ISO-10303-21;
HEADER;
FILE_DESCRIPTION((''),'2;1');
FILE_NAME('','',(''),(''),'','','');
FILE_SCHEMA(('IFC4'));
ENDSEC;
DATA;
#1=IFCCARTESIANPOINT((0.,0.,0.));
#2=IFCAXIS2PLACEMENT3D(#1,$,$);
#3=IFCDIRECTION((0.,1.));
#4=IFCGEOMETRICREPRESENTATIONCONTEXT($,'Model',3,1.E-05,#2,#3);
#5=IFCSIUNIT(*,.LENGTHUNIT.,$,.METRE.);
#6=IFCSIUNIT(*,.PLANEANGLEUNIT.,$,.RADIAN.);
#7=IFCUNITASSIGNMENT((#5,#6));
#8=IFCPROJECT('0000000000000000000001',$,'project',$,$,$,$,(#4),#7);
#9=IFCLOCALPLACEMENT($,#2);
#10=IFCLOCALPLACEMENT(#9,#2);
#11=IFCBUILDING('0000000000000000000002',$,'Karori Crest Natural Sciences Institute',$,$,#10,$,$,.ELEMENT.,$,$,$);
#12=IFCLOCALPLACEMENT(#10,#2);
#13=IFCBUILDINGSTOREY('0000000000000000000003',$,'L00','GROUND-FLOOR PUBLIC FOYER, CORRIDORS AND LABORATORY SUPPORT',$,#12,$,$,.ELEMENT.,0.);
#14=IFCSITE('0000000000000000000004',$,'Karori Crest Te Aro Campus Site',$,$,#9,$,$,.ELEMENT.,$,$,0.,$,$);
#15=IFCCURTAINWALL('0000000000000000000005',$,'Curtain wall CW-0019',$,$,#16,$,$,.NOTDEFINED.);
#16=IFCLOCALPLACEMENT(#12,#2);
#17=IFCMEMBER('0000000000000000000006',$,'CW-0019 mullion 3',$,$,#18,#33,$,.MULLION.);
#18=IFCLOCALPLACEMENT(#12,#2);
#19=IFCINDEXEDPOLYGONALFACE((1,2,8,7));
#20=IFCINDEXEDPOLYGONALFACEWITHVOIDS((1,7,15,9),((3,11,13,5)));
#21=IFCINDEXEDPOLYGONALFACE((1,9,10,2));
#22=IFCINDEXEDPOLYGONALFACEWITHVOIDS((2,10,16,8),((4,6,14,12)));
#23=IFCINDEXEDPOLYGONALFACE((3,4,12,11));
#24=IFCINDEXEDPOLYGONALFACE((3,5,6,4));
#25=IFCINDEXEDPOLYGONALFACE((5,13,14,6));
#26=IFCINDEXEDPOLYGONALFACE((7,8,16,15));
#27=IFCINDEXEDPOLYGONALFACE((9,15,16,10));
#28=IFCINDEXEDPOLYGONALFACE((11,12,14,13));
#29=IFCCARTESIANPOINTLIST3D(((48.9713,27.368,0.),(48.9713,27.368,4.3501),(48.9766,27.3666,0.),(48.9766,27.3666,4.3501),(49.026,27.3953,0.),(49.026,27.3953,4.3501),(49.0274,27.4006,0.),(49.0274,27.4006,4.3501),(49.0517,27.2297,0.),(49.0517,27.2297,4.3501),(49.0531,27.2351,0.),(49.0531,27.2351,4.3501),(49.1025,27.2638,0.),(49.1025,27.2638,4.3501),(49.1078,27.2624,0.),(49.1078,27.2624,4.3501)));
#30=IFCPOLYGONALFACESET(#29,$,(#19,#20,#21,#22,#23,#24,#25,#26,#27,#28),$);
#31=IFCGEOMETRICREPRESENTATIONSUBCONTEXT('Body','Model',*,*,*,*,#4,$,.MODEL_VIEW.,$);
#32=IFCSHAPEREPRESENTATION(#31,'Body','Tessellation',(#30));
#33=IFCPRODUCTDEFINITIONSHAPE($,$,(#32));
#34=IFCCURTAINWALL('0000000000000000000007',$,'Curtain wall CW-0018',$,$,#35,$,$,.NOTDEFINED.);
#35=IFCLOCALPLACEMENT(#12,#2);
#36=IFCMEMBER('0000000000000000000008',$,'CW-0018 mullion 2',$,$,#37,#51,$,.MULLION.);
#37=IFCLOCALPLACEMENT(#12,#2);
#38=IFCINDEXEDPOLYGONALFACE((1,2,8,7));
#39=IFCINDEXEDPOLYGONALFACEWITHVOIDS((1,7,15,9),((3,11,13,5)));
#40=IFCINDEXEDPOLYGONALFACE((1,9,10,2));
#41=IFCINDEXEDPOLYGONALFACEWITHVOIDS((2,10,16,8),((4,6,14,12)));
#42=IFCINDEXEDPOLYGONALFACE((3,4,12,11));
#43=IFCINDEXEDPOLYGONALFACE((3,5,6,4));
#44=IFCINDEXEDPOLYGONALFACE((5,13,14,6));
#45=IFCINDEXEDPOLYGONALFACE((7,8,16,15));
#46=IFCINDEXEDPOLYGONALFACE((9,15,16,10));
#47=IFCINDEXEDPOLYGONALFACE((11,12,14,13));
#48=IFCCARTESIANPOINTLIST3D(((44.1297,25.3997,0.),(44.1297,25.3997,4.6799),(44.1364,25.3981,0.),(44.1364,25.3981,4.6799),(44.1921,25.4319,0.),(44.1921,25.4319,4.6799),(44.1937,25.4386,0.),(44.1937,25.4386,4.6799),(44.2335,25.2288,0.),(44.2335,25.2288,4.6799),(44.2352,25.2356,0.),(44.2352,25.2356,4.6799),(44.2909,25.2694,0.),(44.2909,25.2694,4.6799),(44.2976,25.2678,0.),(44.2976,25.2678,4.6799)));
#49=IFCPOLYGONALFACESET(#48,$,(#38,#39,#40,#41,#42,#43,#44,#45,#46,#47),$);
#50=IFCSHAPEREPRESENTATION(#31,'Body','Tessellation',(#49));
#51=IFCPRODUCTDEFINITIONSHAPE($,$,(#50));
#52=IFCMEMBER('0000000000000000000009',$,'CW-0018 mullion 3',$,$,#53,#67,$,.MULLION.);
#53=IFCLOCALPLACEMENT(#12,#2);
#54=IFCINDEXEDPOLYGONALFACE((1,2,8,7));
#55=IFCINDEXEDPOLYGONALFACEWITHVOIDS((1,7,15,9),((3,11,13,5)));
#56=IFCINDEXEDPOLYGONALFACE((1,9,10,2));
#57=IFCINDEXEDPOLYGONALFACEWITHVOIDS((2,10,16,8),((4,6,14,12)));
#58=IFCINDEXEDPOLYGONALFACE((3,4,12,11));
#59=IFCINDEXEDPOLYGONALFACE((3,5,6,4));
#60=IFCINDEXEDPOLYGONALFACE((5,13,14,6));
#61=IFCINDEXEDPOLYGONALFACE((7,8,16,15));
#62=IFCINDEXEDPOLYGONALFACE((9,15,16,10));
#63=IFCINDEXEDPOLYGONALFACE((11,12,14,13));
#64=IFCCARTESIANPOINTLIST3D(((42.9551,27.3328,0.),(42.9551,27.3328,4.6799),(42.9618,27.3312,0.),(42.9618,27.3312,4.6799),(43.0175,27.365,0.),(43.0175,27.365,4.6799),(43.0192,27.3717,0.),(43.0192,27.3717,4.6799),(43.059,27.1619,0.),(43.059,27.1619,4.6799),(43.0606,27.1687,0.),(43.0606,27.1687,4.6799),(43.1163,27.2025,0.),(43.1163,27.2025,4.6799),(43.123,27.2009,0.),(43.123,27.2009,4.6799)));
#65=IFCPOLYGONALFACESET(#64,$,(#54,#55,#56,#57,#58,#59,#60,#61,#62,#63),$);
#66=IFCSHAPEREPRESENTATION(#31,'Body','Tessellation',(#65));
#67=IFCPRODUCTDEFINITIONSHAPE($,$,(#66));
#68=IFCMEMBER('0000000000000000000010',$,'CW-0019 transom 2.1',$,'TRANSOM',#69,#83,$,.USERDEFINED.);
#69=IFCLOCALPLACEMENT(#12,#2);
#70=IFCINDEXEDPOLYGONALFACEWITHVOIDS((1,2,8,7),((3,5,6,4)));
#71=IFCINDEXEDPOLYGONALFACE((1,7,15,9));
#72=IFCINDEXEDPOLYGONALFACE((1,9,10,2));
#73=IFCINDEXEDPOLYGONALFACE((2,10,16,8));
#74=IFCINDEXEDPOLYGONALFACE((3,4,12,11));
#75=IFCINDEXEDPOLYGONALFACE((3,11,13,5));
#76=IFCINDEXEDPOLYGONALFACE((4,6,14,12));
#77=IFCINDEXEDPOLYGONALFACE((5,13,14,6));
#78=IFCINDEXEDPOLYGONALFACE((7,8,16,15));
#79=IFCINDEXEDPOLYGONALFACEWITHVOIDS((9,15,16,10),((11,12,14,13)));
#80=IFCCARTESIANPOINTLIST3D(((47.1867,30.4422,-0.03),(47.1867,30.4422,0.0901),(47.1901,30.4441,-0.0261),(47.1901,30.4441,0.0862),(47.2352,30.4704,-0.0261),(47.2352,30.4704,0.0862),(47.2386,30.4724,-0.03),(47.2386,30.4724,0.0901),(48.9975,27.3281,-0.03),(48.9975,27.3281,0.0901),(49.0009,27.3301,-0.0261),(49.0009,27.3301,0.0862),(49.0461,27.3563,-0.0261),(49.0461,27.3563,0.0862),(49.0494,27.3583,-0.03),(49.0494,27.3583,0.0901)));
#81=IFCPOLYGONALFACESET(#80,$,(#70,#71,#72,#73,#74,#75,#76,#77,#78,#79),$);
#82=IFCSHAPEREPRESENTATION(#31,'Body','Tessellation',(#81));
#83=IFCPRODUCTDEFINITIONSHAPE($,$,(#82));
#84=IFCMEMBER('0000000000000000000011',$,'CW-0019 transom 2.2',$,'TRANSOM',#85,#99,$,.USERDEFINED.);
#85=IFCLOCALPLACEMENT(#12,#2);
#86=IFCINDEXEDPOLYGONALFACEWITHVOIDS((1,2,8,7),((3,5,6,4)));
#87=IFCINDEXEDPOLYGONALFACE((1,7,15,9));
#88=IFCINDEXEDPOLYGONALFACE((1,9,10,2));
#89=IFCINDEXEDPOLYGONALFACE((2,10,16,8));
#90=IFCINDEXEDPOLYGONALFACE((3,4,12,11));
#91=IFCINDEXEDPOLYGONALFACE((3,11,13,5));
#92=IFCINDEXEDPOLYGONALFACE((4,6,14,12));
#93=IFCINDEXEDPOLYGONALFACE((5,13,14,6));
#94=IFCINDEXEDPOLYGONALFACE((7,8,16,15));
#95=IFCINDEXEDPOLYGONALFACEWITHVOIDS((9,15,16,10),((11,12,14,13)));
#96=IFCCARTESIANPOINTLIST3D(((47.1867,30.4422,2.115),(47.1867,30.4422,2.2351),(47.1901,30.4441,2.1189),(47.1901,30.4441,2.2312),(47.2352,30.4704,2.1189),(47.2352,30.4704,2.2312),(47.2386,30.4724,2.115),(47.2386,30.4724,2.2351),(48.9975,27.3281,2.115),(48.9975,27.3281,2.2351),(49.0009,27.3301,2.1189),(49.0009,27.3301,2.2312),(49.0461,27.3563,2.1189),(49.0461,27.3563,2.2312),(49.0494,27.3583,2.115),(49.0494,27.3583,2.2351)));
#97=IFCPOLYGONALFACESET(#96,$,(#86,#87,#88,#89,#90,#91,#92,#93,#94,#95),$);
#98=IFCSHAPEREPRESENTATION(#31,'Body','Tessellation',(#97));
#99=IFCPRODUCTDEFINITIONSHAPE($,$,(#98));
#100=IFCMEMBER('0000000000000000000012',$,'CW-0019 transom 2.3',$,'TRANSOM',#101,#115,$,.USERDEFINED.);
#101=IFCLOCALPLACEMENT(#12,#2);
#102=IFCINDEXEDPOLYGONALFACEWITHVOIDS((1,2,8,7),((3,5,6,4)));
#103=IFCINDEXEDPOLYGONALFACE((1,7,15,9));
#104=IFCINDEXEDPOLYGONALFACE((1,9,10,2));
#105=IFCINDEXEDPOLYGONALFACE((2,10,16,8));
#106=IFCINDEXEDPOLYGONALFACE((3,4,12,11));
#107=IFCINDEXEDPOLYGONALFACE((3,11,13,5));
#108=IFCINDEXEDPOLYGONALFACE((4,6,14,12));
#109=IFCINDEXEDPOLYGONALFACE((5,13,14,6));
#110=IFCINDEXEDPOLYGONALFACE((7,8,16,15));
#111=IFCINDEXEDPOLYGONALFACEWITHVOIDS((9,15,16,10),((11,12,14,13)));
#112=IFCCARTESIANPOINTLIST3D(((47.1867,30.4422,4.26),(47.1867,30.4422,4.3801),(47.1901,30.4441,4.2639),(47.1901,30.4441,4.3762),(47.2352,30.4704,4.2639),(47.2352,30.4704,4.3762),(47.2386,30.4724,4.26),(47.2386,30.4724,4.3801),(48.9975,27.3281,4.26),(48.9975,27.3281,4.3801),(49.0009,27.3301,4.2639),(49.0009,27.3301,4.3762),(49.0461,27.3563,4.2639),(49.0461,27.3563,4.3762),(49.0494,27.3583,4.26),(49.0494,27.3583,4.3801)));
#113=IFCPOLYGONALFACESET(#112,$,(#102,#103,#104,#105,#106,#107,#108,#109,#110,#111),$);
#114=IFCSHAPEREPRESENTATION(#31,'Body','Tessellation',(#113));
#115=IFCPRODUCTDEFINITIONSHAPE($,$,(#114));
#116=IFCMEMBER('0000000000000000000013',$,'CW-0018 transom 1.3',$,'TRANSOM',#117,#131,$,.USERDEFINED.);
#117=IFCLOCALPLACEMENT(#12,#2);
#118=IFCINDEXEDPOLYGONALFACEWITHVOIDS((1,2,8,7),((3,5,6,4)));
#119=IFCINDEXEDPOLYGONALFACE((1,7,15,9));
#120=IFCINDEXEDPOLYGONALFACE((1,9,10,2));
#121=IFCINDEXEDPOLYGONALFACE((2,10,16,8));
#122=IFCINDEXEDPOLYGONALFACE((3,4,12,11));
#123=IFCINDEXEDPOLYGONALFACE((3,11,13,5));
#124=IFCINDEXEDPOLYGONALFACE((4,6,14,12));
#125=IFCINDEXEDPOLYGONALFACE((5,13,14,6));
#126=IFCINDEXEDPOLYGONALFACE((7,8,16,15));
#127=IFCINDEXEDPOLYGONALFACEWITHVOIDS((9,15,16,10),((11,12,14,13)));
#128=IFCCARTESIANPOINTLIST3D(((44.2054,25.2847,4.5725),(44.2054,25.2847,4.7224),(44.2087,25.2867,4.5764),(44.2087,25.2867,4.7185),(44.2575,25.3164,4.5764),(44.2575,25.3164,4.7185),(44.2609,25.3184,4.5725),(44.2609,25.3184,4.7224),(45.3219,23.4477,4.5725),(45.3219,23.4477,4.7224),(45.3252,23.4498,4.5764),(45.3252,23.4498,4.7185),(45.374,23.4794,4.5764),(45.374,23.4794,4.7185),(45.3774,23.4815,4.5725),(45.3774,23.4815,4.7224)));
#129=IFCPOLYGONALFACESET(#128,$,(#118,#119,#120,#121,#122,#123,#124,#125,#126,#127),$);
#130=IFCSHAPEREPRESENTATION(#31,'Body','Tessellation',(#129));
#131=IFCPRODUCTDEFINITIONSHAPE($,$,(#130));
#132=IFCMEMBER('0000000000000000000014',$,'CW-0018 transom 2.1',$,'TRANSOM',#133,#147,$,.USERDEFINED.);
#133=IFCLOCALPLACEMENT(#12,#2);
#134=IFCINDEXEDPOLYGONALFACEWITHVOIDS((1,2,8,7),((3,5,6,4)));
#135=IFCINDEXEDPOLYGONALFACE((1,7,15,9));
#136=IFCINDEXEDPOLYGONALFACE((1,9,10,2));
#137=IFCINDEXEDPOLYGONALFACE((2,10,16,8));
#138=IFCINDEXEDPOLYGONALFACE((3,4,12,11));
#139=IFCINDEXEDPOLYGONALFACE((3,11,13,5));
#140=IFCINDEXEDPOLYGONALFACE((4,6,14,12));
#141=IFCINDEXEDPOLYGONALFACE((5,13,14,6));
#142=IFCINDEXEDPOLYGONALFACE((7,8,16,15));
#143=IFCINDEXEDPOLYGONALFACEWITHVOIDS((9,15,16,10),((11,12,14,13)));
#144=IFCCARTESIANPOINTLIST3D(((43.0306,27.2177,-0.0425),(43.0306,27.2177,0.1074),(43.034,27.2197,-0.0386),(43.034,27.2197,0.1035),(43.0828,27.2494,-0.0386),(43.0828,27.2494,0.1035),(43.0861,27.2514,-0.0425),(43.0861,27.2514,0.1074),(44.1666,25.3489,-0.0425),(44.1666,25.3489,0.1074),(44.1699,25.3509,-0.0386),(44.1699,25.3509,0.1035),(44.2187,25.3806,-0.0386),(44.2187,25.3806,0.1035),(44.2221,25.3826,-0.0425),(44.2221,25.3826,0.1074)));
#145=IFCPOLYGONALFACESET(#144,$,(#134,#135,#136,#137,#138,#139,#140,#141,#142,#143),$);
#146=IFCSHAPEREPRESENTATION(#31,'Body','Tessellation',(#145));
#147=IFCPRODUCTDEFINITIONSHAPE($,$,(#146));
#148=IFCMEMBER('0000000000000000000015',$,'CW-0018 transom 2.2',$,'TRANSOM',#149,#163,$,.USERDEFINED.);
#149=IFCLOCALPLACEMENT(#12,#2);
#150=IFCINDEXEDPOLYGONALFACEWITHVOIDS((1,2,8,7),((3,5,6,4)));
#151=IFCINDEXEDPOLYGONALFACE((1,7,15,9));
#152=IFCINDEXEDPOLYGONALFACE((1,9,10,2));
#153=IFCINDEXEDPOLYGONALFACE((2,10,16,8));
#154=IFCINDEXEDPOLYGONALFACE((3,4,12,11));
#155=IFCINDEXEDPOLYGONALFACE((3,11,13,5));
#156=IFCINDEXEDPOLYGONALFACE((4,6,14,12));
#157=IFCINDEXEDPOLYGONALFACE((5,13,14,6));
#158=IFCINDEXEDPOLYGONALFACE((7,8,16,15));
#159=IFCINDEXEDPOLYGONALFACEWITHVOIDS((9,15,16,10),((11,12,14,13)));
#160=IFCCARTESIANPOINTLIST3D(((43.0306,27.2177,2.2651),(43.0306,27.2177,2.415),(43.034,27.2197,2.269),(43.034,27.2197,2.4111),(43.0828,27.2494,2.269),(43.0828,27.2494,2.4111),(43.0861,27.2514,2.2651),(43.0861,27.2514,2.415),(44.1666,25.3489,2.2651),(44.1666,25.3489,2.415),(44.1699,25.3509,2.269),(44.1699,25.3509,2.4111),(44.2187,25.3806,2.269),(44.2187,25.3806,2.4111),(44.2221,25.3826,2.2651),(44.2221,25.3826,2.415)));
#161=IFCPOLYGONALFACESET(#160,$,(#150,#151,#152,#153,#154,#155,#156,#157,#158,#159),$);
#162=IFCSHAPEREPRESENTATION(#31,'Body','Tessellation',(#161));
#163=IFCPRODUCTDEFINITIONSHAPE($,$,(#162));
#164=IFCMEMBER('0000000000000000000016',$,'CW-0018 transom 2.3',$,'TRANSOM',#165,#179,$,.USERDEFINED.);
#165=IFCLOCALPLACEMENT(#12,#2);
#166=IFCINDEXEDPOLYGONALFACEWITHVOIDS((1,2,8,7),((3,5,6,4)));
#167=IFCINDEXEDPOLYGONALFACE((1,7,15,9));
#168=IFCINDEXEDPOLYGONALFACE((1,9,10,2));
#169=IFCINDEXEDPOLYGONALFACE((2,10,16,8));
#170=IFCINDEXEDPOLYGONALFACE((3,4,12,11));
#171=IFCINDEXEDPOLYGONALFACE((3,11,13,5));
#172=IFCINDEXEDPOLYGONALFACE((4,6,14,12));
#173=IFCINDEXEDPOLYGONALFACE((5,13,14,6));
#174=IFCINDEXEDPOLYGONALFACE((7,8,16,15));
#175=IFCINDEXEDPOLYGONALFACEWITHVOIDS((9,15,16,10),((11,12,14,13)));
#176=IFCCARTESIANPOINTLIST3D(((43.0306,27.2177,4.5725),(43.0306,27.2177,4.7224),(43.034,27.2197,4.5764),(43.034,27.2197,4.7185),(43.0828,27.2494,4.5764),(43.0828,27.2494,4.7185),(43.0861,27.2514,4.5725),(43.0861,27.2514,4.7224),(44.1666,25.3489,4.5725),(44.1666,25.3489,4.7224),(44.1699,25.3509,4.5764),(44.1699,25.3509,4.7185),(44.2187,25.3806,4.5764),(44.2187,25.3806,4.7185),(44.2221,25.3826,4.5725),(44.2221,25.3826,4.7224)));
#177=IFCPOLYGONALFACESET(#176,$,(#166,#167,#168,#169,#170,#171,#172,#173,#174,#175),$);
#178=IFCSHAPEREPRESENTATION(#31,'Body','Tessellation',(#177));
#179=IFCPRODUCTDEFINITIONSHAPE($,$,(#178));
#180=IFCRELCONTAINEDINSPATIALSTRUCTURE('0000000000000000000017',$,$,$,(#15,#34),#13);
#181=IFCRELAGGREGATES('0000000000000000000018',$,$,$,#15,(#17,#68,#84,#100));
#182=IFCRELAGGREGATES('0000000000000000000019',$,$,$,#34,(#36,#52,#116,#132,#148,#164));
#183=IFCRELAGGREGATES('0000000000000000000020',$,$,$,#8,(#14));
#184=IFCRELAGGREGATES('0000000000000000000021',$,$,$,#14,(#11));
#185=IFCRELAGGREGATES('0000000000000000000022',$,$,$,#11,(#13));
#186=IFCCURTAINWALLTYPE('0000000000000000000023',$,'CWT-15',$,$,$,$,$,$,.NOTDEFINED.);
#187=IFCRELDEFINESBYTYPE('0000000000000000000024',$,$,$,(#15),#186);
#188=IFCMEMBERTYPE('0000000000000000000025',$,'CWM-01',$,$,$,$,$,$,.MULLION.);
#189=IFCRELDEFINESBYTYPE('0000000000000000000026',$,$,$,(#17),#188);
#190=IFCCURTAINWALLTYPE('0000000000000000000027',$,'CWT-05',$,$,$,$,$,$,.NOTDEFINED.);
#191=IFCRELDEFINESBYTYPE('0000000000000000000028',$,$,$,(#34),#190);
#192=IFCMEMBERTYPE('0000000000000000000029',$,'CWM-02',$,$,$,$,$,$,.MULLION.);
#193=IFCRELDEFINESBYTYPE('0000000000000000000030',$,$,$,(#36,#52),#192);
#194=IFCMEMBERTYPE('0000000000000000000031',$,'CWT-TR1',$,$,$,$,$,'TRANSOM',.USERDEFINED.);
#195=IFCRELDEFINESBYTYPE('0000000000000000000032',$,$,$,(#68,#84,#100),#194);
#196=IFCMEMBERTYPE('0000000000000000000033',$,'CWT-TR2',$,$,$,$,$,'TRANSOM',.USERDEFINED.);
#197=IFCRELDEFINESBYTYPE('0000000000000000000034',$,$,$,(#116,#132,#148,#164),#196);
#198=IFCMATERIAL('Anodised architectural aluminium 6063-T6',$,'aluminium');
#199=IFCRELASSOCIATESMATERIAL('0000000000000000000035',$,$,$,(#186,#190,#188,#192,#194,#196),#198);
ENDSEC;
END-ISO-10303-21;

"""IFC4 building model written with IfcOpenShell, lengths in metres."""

from ifc_helpers import new_model, si_unit, direction, frame, origin, origin_2d, place, context, subcontext, project, spatial, hollow_rectangle, extrude, material, material_profile, profile_set, type_object, element, aggregate, save


model = new_model("IFC4")

# Units and contexts
model_context = context("Model", 3, precision=1e-05, world=origin(), true_north=direction((0.0, 1.0)))
body_context = subcontext(model_context, "Body", "Model", "MODEL_VIEW")
ifc_project = project(units=[si_unit("LENGTHUNIT", "METRE"), si_unit("PLANEANGLEUNIT", "RADIAN")], contexts=[model_context])

# Site, building, storey
site_placement = place(None, origin())
site = spatial("IfcSite", under=ifc_project, at=site_placement, Name="Karori Crest Te Aro Campus Site", CompositionType="ELEMENT", RefElevation=0.0)
building_placement = place(site_placement, origin())
building = spatial("IfcBuilding", under=site, at=building_placement, Name="Karori Crest Natural Sciences Institute", CompositionType="ELEMENT")
storey_placement = place(building_placement, origin())
storey = spatial("IfcBuildingStorey", under=building, at=storey_placement, Name="L00", Description="GROUND-FLOOR PUBLIC FOYER, CORRIDORS AND LABORATORY SUPPORT", CompositionType="ELEMENT", Elevation=0.0)

# Curtain walls, members
ifc_material_1 = material(Name="Anodised architectural aluminium 6063-T6", Category="aluminium")
curtain_wall_type_1 = type_object("IfcCurtainWallType", Name="CWT-15", PredefinedType="NOTDEFINED", material=ifc_material_1)
curtain_wall_1_placement = place(storey_placement, origin())
curtain_wall_1 = element("IfcCurtainWall", 1, at=curtain_wall_1_placement, inside=storey, type_object=curtain_wall_type_1, Name="Curtain wall CW-0019", PredefinedType="NOTDEFINED")
ifc_material_profile_1 = material_profile(ifc_material_1, hollow_rectangle(XDim=0.0649, YDim=0.1599, WallThickness=0.0039, at=origin_2d()), Name="CWM160x65x4")
ifc_profile_set_1 = profile_set([ifc_material_profile_1], Name="Anodised architectural aluminium 6063-T6")
member_type_1 = type_object("IfcMemberType", Name="CWM-01", PredefinedType="MULLION", material=ifc_profile_set_1)
member_1_placement = place(storey_placement, frame((49.0396, 27.3152, 0.0), z_axis=(0.0, 0.0, 1.0), x_axis=(0.864484, 0.50266, 0.0)))
member_1 = element("IfcMember", 2, at=member_1_placement, type_object=member_type_1, Name="CW-0019 mullion 3", PredefinedType="MULLION", context=body_context, shape_type="SweptSolid", body=[
    extrude(hollow_rectangle(XDim=0.0649, YDim=0.1599, WallThickness=0.0039, at=origin_2d()), origin(), (0.0, 0.0, 1.0), 4.3501),
])
curtain_wall_type_2 = type_object("IfcCurtainWallType", Name="CWT-05", PredefinedType="NOTDEFINED", material=ifc_material_1)
curtain_wall_2_placement = place(storey_placement, origin())
curtain_wall_2 = element("IfcCurtainWall", 3, at=curtain_wall_2_placement, inside=storey, type_object=curtain_wall_type_2, Name="Curtain wall CW-0018", PredefinedType="NOTDEFINED")
ifc_material_profile_2 = material_profile(ifc_material_1, hollow_rectangle(XDim=0.075, YDim=0.2, WallThickness=0.0049, at=origin_2d()), Name="CWM200x75x5")
ifc_profile_set_2 = profile_set([ifc_material_profile_2], Name="Anodised architectural aluminium 6063-T6")
member_type_2 = type_object("IfcMemberType", Name="CWM-02", PredefinedType="MULLION", material=ifc_profile_set_2)
member_2_placement = place(storey_placement, frame((44.2136, 25.3337, 0.0), z_axis=(0.0, 0.0, 1.0), x_axis=(-0.854567, -0.519341, 0.0)))
member_2 = element("IfcMember", 4, at=member_2_placement, type_object=member_type_2, Name="CW-0018 mullion 2", PredefinedType="MULLION", context=body_context, shape_type="SweptSolid", body=[
    extrude(hollow_rectangle(XDim=0.075, YDim=0.2, WallThickness=0.0049, at=origin_2d()), origin(), (0.0, 0.0, 1.0), 4.6799),
])
member_3_placement = place(storey_placement, frame((43.0391, 27.2668, 0.0), z_axis=(0.0, 0.0, 1.0), x_axis=(-0.854567, -0.519341, 0.0)))
member_3 = element("IfcMember", 5, at=member_3_placement, type_object=member_type_2, Name="CW-0018 mullion 3", PredefinedType="MULLION", context=body_context, shape_type="SweptSolid", body=[
    extrude(hollow_rectangle(XDim=0.075, YDim=0.2, WallThickness=0.0049, at=origin_2d()), origin(), (0.0, 0.0, 1.0), 4.6799),
])

# Members
ifc_material_profile_3 = material_profile(ifc_material_1, hollow_rectangle(XDim=0.0601, YDim=0.1201, WallThickness=0.0039, at=origin_2d()), Name="CWT120x60x4")
ifc_profile_set_3 = profile_set([ifc_material_profile_3], Name="Anodised architectural aluminium 6063-T6")
member_type_3 = type_object("IfcMemberType", Name="CWT-TR1", ElementType="TRANSOM", PredefinedType="USERDEFINED", material=ifc_profile_set_3)
member_4_placement = place(storey_placement, frame((47.2126, 30.4573, 0.03), z_axis=(0.502686, -0.864469, 0.0), x_axis=(0.864469, 0.502686, 0.0)))
member_4 = element("IfcMember", 6, at=member_4_placement, type_object=member_type_3, Name="CW-0019 transom 2.1", ObjectType="TRANSOM", PredefinedType="USERDEFINED", context=body_context, shape_type="SweptSolid", body=[
    extrude(hollow_rectangle(XDim=0.0601, YDim=0.1201, WallThickness=0.0039, at=origin_2d()), origin(), (0.0, 0.0, 1.0), 3.6023),
])
member_5_placement = place(storey_placement, frame((47.2126, 30.4573, 2.175), z_axis=(0.502686, -0.864469, 0.0), x_axis=(0.864469, 0.502686, 0.0)))
member_5 = element("IfcMember", 7, at=member_5_placement, type_object=member_type_3, Name="CW-0019 transom 2.2", ObjectType="TRANSOM", PredefinedType="USERDEFINED", context=body_context, shape_type="SweptSolid", body=[
    extrude(hollow_rectangle(XDim=0.0601, YDim=0.1201, WallThickness=0.0039, at=origin_2d()), origin(), (0.0, 0.0, 1.0), 3.6023),
])
member_6_placement = place(storey_placement, frame((47.2126, 30.4573, 4.3201), z_axis=(0.502686, -0.864469, 0.0), x_axis=(0.864469, 0.502686, 0.0)))
member_6 = element("IfcMember", 8, at=member_6_placement, type_object=member_type_3, Name="CW-0019 transom 2.3", ObjectType="TRANSOM", PredefinedType="USERDEFINED", context=body_context, shape_type="SweptSolid", body=[
    extrude(hollow_rectangle(XDim=0.0601, YDim=0.1201, WallThickness=0.0039, at=origin_2d()), origin(), (0.0, 0.0, 1.0), 3.6023),
])
ifc_material_profile_4 = material_profile(ifc_material_1, hollow_rectangle(XDim=0.0649, YDim=0.1499, WallThickness=0.0039, at=origin_2d()), Name="CWT150x65x4")
ifc_profile_set_4 = profile_set([ifc_material_profile_4], Name="Anodised architectural aluminium 6063-T6")
member_type_4 = type_object("IfcMemberType", Name="CWT-TR2", ElementType="TRANSOM", PredefinedType="USERDEFINED", material=ifc_profile_set_4)
member_7_placement = place(storey_placement, frame((45.3496, 23.4646, 4.6475), z_axis=(-0.519381, 0.854543, 0.0), x_axis=(-0.854543, -0.519381, 0.0)))
member_7 = element("IfcMember", 9, at=member_7_placement, type_object=member_type_4, Name="CW-0018 transom 1.3", ObjectType="TRANSOM", PredefinedType="USERDEFINED", context=body_context, shape_type="SweptSolid", body=[
    extrude(hollow_rectangle(XDim=0.0649, YDim=0.1499, WallThickness=0.0039, at=origin_2d()), origin(), (0.0, 0.0, 1.0), 2.1497),
])
member_8_placement = place(storey_placement, frame((44.1943, 25.3657, 0.0325), z_axis=(-0.519412, 0.854524, 0.0), x_axis=(-0.854524, -0.519412, 0.0)))
member_8 = element("IfcMember", 10, at=member_8_placement, type_object=member_type_4, Name="CW-0018 transom 2.1", ObjectType="TRANSOM", PredefinedType="USERDEFINED", context=body_context, shape_type="SweptSolid", body=[
    extrude(hollow_rectangle(XDim=0.0649, YDim=0.1499, WallThickness=0.0039, at=origin_2d()), origin(), (0.0, 0.0, 1.0), 2.187),
])
member_9_placement = place(storey_placement, frame((44.1943, 25.3657, 2.3401), z_axis=(-0.519412, 0.854524, 0.0), x_axis=(-0.854524, -0.519412, 0.0)))
member_9 = element("IfcMember", 11, at=member_9_placement, type_object=member_type_4, Name="CW-0018 transom 2.2", ObjectType="TRANSOM", PredefinedType="USERDEFINED", context=body_context, shape_type="SweptSolid", body=[
    extrude(hollow_rectangle(XDim=0.0649, YDim=0.1499, WallThickness=0.0039, at=origin_2d()), origin(), (0.0, 0.0, 1.0), 2.187),
])
member_10_placement = place(storey_placement, frame((44.1943, 25.3657, 4.6475), z_axis=(-0.519412, 0.854524, 0.0), x_axis=(-0.854524, -0.519412, 0.0)))
member_10 = element("IfcMember", 12, at=member_10_placement, type_object=member_type_4, Name="CW-0018 transom 2.3", ObjectType="TRANSOM", PredefinedType="USERDEFINED", context=body_context, shape_type="SweptSolid", body=[
    extrude(hollow_rectangle(XDim=0.0649, YDim=0.1499, WallThickness=0.0039, at=origin_2d()), origin(), (0.0, 0.0, 1.0), 2.187),
])

aggregate(curtain_wall_1, [member_1, member_4, member_5, member_6])
aggregate(curtain_wall_2, [member_2, member_3, member_7, member_8, member_9, member_10])

save(model, "model.ifc")
